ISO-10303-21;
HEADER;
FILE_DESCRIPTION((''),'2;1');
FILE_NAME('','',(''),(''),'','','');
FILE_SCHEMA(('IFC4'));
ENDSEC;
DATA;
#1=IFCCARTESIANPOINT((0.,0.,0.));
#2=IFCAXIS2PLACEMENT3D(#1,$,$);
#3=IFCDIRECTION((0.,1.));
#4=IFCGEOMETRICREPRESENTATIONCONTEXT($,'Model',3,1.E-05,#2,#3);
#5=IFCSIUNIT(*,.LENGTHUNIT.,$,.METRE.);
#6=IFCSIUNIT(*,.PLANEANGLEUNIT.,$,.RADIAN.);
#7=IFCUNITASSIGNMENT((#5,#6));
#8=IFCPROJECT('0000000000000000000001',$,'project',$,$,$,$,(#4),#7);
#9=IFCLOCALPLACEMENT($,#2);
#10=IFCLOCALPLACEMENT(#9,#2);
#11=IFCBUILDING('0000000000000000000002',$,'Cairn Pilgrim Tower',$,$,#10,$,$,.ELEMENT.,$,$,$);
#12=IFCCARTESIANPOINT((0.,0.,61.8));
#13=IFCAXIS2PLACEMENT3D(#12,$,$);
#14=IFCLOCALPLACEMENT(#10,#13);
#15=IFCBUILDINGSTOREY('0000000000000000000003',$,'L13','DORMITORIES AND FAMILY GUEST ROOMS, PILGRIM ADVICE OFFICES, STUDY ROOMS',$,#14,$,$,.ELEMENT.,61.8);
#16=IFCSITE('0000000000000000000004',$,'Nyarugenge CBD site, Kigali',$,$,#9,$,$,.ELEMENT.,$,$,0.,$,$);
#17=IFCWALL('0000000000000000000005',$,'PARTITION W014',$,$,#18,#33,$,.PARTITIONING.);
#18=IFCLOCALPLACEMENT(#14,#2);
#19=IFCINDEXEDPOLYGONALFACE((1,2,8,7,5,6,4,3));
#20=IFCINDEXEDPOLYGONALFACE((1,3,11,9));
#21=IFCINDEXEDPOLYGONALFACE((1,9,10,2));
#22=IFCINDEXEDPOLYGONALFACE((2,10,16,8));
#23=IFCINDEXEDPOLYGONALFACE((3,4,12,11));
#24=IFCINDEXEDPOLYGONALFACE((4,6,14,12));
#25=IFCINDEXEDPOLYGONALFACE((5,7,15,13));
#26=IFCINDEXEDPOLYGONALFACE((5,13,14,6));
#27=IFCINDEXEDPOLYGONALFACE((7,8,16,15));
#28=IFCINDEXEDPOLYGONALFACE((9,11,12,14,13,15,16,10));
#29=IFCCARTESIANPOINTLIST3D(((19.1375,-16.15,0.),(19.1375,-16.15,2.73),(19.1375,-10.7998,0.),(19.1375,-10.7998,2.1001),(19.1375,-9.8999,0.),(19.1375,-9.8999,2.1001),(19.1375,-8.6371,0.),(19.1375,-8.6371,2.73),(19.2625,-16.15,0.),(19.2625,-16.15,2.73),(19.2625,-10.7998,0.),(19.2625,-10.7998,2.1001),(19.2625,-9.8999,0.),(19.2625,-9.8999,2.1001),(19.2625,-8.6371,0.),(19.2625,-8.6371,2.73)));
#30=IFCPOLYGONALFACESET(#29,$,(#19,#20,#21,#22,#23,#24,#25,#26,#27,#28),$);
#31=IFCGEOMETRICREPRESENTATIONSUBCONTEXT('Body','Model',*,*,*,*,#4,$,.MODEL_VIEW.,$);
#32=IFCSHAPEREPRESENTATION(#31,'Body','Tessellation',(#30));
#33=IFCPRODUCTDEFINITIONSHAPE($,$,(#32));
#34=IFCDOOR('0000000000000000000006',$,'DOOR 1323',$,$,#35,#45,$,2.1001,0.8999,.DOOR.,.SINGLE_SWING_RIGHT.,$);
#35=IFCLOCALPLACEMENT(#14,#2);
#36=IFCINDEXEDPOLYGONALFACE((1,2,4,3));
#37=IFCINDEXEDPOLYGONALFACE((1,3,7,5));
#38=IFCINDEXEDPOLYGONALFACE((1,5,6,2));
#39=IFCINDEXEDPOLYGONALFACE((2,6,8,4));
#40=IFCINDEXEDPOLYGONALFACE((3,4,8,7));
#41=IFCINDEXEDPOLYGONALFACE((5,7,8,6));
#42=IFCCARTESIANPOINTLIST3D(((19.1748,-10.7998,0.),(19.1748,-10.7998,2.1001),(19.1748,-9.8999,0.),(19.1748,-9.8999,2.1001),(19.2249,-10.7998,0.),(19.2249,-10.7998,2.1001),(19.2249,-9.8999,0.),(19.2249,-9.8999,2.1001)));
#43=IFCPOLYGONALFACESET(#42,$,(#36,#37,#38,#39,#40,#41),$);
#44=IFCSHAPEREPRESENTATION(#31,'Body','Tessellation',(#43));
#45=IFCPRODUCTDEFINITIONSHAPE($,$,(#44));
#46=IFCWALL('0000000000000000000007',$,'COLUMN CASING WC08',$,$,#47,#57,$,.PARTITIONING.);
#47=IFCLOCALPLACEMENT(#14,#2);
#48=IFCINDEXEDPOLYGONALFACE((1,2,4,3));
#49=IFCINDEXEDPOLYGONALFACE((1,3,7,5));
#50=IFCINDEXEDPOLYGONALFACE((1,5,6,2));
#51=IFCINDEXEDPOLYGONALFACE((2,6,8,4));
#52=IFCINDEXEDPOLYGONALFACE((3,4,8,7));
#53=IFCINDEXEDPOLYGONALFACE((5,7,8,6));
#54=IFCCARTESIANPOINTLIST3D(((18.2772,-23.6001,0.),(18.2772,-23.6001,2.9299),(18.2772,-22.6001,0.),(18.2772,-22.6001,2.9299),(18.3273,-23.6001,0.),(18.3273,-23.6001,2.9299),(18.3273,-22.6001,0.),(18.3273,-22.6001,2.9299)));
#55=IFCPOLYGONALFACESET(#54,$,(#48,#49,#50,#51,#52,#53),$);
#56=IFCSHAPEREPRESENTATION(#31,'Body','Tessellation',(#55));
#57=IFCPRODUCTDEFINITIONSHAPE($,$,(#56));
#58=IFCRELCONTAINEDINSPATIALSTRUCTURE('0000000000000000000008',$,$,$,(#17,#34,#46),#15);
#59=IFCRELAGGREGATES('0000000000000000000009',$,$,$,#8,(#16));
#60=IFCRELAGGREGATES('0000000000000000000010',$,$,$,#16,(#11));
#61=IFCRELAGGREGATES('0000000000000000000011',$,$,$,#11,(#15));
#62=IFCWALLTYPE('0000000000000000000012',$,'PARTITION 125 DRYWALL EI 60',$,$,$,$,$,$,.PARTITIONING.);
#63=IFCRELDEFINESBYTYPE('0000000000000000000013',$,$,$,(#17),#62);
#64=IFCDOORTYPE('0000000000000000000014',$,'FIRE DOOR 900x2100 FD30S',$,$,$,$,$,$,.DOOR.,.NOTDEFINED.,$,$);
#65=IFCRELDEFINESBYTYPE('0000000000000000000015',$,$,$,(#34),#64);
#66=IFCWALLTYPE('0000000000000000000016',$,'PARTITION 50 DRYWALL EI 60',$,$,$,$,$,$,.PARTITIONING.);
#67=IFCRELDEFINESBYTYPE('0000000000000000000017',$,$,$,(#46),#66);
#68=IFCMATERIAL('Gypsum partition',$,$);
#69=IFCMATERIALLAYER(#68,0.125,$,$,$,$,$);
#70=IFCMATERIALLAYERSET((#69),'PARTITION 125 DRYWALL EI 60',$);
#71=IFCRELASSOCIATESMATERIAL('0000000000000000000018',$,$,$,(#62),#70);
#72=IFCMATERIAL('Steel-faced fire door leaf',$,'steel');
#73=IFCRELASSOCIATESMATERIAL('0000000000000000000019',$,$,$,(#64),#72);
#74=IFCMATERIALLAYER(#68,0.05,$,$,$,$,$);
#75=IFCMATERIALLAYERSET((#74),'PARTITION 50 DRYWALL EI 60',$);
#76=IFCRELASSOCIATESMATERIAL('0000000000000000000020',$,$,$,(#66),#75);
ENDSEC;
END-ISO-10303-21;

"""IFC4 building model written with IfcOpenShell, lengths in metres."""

from ifc_helpers import new_model, si_unit, direction, frame, frame_2d, origin, place, context, subcontext, project, spatial, rectangle, extrude, material, layer, layer_set, type_object, element, fill, save


model = new_model("IFC4")

# Units and contexts
model_context = context("Model", 3, precision=1e-05, world=origin(), true_north=direction((0.0, 1.0)))
body_context = subcontext(model_context, "Body", "Model", "MODEL_VIEW")
ifc_project = project(units=[si_unit("LENGTHUNIT", "METRE"), si_unit("PLANEANGLEUNIT", "RADIAN")], contexts=[model_context])

# Site, building, storey
site_placement = place(None, origin())
site = spatial("IfcSite", under=ifc_project, at=site_placement, Name="Nyarugenge CBD site, Kigali", CompositionType="ELEMENT", RefElevation=0.0)
building_placement = place(site_placement, origin())
building = spatial("IfcBuilding", under=site, at=building_placement, Name="Cairn Pilgrim Tower", CompositionType="ELEMENT")
storey_placement = place(building_placement, frame((0.0, 0.0, 61.8)))
storey = spatial("IfcBuildingStorey", under=building, at=storey_placement, Name="L13", Description="DORMITORIES AND FAMILY GUEST ROOMS, PILGRIM ADVICE OFFICES, STUDY ROOMS", CompositionType="ELEMENT", Elevation=61.8)

# Shared definitions
ifc_material_1 = material(Name="Gypsum partition")
ifc_layer_1 = layer(ifc_material_1, 0.125)
ifc_layer_set_1 = layer_set([ifc_layer_1], Name="PARTITION 125 DRYWALL EI 60")
wall_type_1 = type_object("IfcWallType", Name="PARTITION 125 DRYWALL EI 60", PredefinedType="PARTITIONING", material=ifc_layer_set_1)

# Wall, opening, door
wall_1_placement = place(storey_placement, frame((19.2, -16.1499, 0.0), z_axis=(0.0, 0.0, 1.0), x_axis=(0.0, 1.0, 0.0)))
wall_1 = element("IfcWall", 1, at=wall_1_placement, inside=storey, type_object=wall_type_1, Name="PARTITION W014", PredefinedType="PARTITIONING", context=body_context, shape_type="SweptSolid", body=[
    extrude(rectangle(XDim=7.5129, YDim=0.125, at=frame_2d((3.7563, 0.0))), origin(), (0.0, 0.0, 1.0), 2.73),
])
opening_placement = place(wall_1_placement, frame((5.3501, 0.0, 0.0)))
opening = element("IfcOpeningElement", 2, at=opening_placement, cuts=wall_1, PredefinedType="OPENING", context=body_context, shape_type="SweptSolid", body=[
    extrude(rectangle(XDim=0.8999, YDim=2.1001, at=frame_2d((0.45, 1.05))), frame((0.0, 0.0725, 0.0), z_axis=(0.0, -1.0, 0.0), x_axis=(1.0, 0.0, 0.0)), (0.0, 0.0, 1.0), 0.145),
])
ifc_material_2 = material(Name="Steel-faced fire door leaf", Category="steel")
door_type = type_object("IfcDoorType", Name="FIRE DOOR 900x2100 FD30S", OperationType="NOTDEFINED", PredefinedType="DOOR", material=ifc_material_2)
door_placement = place(opening_placement, frame((0.8999, 0.0, 0.0), z_axis=(0.0, 0.0, 1.0), x_axis=(-1.0, 0.0, 0.0)))
door = element("IfcDoor", 3, at=door_placement, inside=storey, type_object=door_type, Name="DOOR 1323", OperationType="SINGLE_SWING_RIGHT", OverallHeight=2.1001, OverallWidth=0.8999, PredefinedType="DOOR", context=body_context, shape_type="SweptSolid", body=[
    extrude(rectangle(XDim=0.8999, YDim=2.1001, at=frame_2d((0.45, 1.05))), frame((0.0, 0.0249, 0.0), z_axis=(0.0, -1.0, 0.0), x_axis=(1.0, 0.0, 0.0)), (0.0, 0.0, 1.0), 0.05),
])
fill(opening, door)

# Wall
ifc_layer_2 = layer(ifc_material_1, 0.05)
ifc_layer_set_2 = layer_set([ifc_layer_2], Name="PARTITION 50 DRYWALL EI 60")
wall_type_2 = type_object("IfcWallType", Name="PARTITION 50 DRYWALL EI 60", PredefinedType="PARTITIONING", material=ifc_layer_set_2)
wall_2_placement = place(storey_placement, frame((18.3022, -23.6001, 0.0), z_axis=(0.0, 0.0, 1.0), x_axis=(0.0, 1.0, 0.0)))
element("IfcWall", 4, at=wall_2_placement, inside=storey, type_object=wall_type_2, Name="COLUMN CASING WC08", PredefinedType="PARTITIONING", context=body_context, shape_type="SweptSolid", body=[
    extrude(rectangle(XDim=1.0, YDim=0.05, at=frame_2d((0.5, 0.0))), origin(), (0.0, 0.0, 1.0), 2.9299),
])

save(model, "model.ifc")
